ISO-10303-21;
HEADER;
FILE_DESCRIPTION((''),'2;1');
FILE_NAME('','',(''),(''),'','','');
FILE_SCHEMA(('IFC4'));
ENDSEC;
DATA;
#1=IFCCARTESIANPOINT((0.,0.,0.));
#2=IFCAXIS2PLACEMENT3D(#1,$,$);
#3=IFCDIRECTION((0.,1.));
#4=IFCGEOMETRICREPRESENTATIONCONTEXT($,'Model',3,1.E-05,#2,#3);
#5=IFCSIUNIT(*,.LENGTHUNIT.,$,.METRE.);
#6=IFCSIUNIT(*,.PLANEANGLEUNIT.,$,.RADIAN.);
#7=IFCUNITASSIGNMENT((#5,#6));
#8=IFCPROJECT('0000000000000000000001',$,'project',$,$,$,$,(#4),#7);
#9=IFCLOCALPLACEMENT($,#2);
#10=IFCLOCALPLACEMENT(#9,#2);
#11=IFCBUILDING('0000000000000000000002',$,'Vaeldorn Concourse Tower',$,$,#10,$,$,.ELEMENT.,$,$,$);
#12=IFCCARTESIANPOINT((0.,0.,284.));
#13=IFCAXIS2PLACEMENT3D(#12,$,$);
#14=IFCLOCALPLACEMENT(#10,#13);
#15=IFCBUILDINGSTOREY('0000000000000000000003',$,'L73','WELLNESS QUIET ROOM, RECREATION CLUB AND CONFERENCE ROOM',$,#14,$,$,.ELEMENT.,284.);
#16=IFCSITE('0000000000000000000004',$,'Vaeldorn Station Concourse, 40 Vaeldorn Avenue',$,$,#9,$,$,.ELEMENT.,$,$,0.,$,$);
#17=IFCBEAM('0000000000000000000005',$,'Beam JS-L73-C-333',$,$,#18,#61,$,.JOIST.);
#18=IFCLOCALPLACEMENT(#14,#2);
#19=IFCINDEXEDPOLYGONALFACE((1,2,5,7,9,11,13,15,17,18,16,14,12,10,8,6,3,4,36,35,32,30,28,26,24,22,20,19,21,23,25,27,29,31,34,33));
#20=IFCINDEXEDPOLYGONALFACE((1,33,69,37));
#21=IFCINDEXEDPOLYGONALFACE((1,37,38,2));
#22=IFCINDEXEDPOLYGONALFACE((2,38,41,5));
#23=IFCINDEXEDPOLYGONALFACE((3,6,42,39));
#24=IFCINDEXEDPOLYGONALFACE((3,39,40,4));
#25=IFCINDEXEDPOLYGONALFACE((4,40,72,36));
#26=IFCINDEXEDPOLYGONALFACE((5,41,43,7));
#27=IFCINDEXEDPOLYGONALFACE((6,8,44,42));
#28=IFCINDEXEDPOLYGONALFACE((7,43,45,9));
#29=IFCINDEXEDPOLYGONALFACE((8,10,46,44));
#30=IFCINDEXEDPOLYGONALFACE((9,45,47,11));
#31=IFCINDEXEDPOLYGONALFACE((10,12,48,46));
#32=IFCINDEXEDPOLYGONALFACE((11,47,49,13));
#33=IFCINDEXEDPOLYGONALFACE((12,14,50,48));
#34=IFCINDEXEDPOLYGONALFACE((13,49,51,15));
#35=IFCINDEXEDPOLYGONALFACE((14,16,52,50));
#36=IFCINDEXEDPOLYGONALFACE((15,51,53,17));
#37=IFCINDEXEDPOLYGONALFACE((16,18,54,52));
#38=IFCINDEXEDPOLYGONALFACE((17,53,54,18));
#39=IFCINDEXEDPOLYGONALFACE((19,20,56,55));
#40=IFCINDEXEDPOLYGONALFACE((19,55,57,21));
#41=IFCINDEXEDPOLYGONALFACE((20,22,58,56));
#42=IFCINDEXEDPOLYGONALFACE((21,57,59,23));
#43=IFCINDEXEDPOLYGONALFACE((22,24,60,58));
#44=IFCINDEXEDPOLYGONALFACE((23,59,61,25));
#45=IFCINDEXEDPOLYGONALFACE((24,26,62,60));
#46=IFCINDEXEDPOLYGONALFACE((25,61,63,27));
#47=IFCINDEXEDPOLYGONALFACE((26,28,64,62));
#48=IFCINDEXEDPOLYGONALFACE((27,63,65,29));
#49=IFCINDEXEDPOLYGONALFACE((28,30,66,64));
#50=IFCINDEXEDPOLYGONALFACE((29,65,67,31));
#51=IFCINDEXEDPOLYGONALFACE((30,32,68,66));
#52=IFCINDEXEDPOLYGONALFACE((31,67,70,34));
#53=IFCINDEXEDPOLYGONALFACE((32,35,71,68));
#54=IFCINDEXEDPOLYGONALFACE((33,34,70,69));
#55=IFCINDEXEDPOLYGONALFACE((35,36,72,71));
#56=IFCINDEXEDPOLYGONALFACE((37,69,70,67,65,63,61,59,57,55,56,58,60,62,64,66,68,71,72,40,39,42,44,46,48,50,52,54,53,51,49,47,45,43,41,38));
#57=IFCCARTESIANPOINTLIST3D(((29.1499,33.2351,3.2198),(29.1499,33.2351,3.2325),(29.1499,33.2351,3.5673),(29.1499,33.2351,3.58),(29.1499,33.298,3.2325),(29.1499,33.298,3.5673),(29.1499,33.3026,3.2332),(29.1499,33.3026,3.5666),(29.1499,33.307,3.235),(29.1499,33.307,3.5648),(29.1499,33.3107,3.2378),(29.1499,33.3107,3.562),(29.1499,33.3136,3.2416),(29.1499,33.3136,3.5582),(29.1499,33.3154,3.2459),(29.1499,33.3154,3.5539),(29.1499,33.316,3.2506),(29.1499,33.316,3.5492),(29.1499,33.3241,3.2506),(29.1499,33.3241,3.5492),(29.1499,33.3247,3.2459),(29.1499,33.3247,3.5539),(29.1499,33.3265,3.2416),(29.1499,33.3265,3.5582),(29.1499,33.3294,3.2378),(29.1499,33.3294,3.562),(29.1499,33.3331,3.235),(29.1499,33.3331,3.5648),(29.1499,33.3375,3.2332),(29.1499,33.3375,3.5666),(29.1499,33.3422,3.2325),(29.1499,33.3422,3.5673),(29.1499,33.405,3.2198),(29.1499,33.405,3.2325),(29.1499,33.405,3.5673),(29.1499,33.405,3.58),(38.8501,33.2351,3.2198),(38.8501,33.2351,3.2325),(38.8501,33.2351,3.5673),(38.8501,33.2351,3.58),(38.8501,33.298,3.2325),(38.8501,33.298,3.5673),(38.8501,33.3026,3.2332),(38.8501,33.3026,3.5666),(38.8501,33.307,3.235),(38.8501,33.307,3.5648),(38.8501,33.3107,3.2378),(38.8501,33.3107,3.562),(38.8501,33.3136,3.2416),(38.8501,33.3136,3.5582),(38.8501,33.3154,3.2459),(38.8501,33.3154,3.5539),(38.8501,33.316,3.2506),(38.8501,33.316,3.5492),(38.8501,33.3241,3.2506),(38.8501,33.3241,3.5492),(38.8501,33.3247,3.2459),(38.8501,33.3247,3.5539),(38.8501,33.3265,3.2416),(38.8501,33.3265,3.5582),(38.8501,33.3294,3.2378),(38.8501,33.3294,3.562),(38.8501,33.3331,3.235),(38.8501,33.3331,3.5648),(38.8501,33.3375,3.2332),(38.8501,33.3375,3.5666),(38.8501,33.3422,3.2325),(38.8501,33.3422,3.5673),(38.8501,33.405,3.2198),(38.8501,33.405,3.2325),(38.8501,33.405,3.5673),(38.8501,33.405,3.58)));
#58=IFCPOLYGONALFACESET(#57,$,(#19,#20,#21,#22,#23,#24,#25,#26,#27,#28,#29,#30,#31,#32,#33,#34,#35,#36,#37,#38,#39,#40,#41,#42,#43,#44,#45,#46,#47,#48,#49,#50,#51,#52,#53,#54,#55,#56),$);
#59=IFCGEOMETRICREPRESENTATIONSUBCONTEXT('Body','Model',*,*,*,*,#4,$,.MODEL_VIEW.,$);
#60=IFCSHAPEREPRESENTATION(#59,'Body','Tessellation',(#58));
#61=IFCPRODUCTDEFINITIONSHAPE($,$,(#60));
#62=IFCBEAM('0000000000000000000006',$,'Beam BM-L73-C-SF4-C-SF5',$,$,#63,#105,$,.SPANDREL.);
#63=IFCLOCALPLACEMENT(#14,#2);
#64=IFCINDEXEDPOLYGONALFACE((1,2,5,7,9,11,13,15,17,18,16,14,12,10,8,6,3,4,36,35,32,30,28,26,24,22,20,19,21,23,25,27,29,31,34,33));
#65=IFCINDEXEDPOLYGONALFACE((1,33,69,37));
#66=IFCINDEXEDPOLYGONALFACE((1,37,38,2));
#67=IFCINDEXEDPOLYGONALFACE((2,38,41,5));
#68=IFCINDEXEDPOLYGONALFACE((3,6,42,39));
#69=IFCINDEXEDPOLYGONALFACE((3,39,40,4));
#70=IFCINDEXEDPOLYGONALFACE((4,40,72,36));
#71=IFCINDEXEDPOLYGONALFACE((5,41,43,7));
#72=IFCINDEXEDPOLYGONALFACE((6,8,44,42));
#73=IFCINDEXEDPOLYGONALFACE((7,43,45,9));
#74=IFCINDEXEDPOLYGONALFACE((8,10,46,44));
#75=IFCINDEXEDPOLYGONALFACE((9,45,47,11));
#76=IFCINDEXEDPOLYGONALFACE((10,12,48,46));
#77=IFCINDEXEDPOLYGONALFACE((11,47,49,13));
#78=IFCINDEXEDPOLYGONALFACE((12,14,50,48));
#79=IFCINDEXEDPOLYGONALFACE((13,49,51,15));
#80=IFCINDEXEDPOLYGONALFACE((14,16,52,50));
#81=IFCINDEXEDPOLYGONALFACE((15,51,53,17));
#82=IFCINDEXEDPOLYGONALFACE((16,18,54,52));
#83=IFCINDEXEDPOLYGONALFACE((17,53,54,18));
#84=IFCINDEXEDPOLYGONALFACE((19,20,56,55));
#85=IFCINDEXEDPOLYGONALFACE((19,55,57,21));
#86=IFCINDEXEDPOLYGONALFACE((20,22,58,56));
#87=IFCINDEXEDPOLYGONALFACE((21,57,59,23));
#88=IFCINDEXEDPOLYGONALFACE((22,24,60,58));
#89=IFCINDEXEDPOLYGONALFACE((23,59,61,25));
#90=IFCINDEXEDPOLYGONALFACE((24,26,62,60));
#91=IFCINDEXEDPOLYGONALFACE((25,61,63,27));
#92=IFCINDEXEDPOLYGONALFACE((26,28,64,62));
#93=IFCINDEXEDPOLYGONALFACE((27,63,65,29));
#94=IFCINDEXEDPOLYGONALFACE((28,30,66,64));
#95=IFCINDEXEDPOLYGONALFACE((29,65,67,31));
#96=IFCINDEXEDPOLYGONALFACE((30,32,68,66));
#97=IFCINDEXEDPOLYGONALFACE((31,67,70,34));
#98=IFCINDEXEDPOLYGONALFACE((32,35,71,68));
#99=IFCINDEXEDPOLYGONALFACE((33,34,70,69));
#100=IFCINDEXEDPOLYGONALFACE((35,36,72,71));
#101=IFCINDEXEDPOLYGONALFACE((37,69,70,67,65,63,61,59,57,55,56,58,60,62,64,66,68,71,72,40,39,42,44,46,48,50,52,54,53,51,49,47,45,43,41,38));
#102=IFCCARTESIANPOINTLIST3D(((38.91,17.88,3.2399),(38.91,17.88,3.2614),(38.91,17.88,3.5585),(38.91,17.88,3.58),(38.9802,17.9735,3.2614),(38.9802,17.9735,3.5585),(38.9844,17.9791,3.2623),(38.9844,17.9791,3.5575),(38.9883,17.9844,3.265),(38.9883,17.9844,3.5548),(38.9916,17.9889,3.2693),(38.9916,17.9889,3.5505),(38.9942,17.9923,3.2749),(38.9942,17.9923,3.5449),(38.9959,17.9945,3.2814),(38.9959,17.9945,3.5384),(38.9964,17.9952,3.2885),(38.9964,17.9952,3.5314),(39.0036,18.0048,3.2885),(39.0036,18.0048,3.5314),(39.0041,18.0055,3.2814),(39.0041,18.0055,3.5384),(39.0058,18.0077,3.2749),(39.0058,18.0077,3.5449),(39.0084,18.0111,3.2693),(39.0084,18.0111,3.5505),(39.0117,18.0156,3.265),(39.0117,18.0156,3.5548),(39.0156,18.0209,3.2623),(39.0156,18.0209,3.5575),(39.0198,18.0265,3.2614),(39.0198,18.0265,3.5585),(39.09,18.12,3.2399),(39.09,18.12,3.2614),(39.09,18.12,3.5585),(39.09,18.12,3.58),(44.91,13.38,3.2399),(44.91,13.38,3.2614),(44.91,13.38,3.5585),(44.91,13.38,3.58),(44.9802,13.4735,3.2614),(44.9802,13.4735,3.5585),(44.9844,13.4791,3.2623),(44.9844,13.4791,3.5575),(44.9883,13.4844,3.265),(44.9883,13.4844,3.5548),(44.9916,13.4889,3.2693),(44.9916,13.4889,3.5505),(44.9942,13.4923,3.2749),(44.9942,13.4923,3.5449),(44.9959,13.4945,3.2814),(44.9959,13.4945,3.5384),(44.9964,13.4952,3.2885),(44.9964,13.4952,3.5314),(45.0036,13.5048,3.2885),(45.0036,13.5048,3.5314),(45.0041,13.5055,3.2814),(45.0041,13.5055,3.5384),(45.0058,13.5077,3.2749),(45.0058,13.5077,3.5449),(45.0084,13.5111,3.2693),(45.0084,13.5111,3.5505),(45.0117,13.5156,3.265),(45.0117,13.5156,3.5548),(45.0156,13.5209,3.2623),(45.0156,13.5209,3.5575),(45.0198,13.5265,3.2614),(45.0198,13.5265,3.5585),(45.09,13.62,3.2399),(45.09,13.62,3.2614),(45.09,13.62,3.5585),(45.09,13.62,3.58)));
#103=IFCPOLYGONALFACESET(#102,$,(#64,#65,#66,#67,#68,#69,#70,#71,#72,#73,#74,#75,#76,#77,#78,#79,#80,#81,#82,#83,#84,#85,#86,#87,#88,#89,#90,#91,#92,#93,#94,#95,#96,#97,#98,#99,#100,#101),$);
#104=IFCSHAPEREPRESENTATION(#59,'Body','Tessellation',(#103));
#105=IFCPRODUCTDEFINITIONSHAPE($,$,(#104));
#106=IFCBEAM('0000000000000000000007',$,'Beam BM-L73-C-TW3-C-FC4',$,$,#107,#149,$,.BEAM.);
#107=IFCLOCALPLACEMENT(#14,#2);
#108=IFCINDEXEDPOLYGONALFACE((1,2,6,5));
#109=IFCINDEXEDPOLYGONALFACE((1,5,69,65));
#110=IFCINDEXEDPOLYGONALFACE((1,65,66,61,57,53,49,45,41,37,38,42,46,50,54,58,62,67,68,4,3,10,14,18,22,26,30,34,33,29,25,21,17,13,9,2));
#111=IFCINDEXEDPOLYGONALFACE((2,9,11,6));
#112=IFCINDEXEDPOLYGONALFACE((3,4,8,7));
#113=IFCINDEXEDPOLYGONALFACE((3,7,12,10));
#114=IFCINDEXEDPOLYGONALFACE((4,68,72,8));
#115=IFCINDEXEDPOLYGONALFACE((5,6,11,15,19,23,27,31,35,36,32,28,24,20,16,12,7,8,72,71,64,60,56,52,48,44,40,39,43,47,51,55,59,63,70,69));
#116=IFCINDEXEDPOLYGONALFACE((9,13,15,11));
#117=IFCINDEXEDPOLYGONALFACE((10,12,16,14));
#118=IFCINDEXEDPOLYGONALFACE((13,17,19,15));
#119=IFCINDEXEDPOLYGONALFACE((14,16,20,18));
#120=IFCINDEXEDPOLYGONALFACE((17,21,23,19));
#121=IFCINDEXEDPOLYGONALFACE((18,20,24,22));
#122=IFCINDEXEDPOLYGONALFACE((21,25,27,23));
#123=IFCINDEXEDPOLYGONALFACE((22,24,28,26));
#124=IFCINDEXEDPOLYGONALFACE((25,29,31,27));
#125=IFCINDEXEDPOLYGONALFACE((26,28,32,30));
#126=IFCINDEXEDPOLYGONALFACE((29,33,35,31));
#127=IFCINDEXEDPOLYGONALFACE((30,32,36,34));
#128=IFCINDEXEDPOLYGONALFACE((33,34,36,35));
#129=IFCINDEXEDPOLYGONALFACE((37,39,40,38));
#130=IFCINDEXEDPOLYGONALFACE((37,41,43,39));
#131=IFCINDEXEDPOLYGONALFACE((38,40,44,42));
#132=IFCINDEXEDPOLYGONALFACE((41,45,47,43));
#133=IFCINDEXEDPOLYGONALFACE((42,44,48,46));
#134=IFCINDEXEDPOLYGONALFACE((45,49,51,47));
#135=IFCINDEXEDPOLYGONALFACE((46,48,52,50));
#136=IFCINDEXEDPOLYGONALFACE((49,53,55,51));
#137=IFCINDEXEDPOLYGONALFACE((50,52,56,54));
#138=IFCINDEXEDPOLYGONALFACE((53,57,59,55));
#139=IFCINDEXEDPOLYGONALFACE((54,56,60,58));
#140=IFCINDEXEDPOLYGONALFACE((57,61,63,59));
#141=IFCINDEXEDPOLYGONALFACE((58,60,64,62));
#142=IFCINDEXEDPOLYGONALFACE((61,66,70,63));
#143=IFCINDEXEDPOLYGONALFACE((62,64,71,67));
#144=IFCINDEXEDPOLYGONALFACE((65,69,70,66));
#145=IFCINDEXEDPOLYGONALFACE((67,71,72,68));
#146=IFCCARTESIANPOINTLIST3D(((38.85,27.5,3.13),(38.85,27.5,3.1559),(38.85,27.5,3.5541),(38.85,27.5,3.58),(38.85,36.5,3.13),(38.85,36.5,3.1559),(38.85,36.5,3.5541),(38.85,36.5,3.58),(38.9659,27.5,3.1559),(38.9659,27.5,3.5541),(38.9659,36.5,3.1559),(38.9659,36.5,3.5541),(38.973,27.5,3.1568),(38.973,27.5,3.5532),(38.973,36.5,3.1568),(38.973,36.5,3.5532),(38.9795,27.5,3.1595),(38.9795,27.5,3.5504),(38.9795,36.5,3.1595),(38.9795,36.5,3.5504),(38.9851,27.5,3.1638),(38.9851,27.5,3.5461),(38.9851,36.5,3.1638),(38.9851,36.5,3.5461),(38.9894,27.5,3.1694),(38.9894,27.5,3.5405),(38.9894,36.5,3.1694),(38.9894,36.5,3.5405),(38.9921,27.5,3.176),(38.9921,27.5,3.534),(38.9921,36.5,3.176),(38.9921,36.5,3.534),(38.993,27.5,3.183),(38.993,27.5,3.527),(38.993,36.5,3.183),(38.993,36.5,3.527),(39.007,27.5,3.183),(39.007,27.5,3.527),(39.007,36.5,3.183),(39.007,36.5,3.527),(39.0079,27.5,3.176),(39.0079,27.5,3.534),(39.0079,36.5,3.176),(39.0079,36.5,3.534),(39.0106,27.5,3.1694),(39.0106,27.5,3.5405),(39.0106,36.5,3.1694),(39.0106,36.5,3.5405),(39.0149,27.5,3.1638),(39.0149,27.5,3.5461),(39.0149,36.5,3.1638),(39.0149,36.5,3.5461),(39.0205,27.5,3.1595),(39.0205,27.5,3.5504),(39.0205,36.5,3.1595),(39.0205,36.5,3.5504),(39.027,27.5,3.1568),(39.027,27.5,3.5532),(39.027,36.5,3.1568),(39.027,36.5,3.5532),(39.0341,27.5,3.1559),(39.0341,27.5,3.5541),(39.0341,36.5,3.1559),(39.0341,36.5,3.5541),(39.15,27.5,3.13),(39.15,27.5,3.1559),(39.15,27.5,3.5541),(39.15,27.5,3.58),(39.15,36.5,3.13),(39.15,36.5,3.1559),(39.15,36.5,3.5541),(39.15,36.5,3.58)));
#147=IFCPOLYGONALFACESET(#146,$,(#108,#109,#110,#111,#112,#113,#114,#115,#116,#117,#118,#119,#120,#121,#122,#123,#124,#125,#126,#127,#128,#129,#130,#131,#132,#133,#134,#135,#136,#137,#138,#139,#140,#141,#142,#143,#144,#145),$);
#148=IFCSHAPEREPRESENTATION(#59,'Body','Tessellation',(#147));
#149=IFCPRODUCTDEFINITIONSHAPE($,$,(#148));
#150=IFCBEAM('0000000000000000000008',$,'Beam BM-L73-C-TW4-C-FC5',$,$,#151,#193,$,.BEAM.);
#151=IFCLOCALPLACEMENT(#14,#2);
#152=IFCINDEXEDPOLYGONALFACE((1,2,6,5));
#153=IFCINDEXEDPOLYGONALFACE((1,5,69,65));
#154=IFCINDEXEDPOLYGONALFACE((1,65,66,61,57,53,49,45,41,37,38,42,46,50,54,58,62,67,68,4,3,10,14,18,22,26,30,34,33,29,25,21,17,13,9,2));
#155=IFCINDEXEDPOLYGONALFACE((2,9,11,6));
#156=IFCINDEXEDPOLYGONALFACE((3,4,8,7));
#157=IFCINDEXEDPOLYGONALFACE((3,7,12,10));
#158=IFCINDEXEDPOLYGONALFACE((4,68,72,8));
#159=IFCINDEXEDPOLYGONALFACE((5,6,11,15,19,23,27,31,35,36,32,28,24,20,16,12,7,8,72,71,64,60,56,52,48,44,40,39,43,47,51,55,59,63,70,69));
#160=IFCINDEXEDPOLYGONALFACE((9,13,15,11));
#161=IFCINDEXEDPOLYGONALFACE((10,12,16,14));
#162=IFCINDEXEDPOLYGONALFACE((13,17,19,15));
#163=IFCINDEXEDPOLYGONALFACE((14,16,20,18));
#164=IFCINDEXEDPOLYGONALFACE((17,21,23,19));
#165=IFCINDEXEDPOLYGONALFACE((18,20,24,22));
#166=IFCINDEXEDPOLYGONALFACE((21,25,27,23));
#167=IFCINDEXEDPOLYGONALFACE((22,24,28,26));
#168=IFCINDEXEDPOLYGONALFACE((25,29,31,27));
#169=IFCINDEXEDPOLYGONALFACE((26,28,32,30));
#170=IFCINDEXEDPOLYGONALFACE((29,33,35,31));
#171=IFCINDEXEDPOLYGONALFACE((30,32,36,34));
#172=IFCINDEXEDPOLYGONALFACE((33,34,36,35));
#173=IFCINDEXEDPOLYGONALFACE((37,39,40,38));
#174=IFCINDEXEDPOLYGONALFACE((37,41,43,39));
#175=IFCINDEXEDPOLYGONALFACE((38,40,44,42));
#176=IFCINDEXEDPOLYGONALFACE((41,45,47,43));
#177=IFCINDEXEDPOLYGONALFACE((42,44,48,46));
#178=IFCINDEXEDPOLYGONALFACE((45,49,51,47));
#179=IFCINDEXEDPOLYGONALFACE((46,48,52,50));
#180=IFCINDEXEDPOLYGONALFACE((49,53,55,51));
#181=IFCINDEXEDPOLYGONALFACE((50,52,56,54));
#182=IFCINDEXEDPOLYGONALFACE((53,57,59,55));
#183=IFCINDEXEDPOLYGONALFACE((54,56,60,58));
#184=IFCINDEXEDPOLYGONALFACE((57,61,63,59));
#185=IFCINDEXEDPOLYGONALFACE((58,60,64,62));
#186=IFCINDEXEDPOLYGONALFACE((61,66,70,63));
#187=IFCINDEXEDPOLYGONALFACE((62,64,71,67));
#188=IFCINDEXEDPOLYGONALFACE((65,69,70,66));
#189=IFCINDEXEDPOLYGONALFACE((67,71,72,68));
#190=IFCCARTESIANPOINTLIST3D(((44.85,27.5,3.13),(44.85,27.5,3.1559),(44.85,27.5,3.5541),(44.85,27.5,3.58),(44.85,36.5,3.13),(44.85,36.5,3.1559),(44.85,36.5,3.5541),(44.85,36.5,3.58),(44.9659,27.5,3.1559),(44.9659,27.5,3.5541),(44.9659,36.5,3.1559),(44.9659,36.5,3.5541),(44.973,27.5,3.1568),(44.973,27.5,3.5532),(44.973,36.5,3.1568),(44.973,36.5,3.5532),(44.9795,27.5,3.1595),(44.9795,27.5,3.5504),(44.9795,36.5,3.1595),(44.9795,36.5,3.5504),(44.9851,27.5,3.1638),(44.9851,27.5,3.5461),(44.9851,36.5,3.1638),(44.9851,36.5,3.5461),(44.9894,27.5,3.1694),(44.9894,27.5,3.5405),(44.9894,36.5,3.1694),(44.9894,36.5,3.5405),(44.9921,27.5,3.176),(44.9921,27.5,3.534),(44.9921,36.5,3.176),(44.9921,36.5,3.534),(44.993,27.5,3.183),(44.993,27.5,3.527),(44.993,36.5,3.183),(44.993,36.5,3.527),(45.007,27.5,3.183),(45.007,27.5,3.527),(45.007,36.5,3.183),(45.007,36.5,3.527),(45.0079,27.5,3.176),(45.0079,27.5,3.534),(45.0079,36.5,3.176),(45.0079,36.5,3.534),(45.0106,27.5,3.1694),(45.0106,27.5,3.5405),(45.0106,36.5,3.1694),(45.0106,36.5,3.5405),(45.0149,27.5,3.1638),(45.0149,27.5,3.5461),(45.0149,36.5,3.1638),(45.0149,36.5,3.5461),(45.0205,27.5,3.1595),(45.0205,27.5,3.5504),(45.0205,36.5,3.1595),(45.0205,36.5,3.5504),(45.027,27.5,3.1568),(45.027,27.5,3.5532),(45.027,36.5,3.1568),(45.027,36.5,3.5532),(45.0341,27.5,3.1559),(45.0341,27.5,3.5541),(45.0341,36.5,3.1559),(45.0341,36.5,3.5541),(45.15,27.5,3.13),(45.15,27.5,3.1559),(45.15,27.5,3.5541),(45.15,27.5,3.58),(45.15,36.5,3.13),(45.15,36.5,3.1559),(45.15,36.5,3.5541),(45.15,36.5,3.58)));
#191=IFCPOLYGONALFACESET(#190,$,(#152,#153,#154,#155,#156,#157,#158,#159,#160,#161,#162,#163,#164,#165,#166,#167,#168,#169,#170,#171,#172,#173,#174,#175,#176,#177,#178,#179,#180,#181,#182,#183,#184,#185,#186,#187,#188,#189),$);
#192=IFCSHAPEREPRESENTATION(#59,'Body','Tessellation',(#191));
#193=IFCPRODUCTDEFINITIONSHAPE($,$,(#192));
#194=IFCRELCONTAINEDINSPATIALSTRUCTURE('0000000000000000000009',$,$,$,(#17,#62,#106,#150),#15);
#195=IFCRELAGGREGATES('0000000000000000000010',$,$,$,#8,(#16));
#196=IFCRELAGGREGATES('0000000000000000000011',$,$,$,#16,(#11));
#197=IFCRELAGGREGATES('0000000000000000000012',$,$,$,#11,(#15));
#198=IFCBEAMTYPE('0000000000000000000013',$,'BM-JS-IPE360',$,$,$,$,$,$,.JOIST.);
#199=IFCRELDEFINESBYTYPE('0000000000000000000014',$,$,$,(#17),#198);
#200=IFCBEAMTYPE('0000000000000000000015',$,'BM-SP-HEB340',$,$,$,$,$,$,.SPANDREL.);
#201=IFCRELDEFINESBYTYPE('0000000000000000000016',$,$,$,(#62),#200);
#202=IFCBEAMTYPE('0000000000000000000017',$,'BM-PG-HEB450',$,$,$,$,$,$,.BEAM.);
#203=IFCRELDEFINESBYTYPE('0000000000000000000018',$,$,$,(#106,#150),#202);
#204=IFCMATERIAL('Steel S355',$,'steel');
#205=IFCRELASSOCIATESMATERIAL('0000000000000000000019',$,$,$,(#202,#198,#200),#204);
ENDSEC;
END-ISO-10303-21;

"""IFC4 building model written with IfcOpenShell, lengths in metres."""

from ifc_helpers import new_model, si_unit, direction, frame, origin, origin_2d, place, context, subcontext, project, spatial, i_section, extrude, source, transform, mapped, material, material_profile, profile_set, type_object, element, save


model = new_model("IFC4")

# Units and contexts
model_context = context("Model", 3, precision=1e-05, world=origin(), true_north=direction((0.0, 1.0)))
body_context = subcontext(model_context, "Body", "Model", "MODEL_VIEW")
ifc_project = project(units=[si_unit("LENGTHUNIT", "METRE"), si_unit("PLANEANGLEUNIT", "RADIAN")], contexts=[model_context])

# Site, building, storey
site_placement = place(None, origin())
site = spatial("IfcSite", under=ifc_project, at=site_placement, Name="Vaeldorn Station Concourse, 40 Vaeldorn Avenue", CompositionType="ELEMENT", RefElevation=0.0)
building_placement = place(site_placement, origin())
building = spatial("IfcBuilding", under=site, at=building_placement, Name="Vaeldorn Concourse Tower", CompositionType="ELEMENT")
storey_placement = place(building_placement, frame((0.0, 0.0, 284.0)))
storey = spatial("IfcBuildingStorey", under=building, at=storey_placement, Name="L73", Description="WELLNESS QUIET ROOM, RECREATION CLUB AND CONFERENCE ROOM", CompositionType="ELEMENT", Elevation=284.0)

# Shared definitions
ifc_material_1 = material(Name="Steel S355", Category="steel")

# Beams
ifc_material_profile_1 = material_profile(ifc_material_1, i_section(OverallWidth=0.3, OverallDepth=0.45, WebThickness=0.0139, FlangeThickness=0.0259, FilletRadius=0.0271, at=origin_2d()), Name="HEB 450")
ifc_profile_set_1 = profile_set([ifc_material_profile_1], Name="Steel S355")
beam_type_1 = type_object("IfcBeamType", Name="BM-PG-HEB450", PredefinedType="BEAM", material=ifc_profile_set_1)
ifc_material_profile_2 = material_profile(ifc_material_1, i_section(OverallWidth=0.1699, OverallDepth=0.3601, WebThickness=0.0081, FlangeThickness=0.0127, FilletRadius=0.0181, at=origin_2d()), Name="IPE 360")
ifc_profile_set_2 = profile_set([ifc_material_profile_2], Name="Steel S355")
beam_type_2 = type_object("IfcBeamType", Name="BM-JS-IPE360", PredefinedType="JOIST", material=ifc_profile_set_2)
shared_shape_1 = source(origin(), body_context, "Body", "SweptSolid", [
    extrude(i_section(OverallWidth=0.1699, OverallDepth=0.3601, WebThickness=0.0081, FlangeThickness=0.0127, FilletRadius=0.0181, at=origin_2d()), origin(), (0.0, 0.0, 1.0), 9.7002),
])
for number, where, z_axis, x_axis, name in (
    (1, (29.1499, 33.3201, 3.3999), (1.0, 0.0, 0.0), (0.0, 1.0, 0.0), "Beam JS-L73-C-333"),
):
    element("IfcBeam", number, at=place(storey_placement, frame(where, z_axis=z_axis, x_axis=x_axis)), inside=storey, type_object=beam_type_2, Name=name, PredefinedType="JOIST", context=body_context, shape_type="MappedRepresentation", body=[
        mapped(shared_shape_1, transform((0.0, 0.0, 0.0), scale=1.0)),
    ])
ifc_material_profile_3 = material_profile(ifc_material_1, i_section(OverallWidth=0.3, OverallDepth=0.3401, WebThickness=0.012, FlangeThickness=0.0215, FilletRadius=0.0271, at=origin_2d()), Name="HEB 340")
ifc_profile_set_3 = profile_set([ifc_material_profile_3], Name="Steel S355")
beam_type_3 = type_object("IfcBeamType", Name="BM-SP-HEB340", PredefinedType="SPANDREL", material=ifc_profile_set_3)
shared_shape_2 = source(origin(), body_context, "Body", "SweptSolid", [
    extrude(i_section(OverallWidth=0.3, OverallDepth=0.3401, WebThickness=0.012, FlangeThickness=0.0215, FilletRadius=0.0271, at=origin_2d()), origin(), (0.0, 0.0, 1.0), 7.5),
])
beam_1_placement = place(storey_placement, frame((39.0, 18.0, 3.4099), z_axis=(0.8, -0.6, 0.0), x_axis=(0.6, 0.8, 0.0)))
element("IfcBeam", 2, at=beam_1_placement, inside=storey, type_object=beam_type_3, Name="Beam BM-L73-C-SF4-C-SF5", PredefinedType="SPANDREL", context=body_context, shape_type="MappedRepresentation", body=[
    mapped(shared_shape_2, transform((0.0, 0.0, 0.0), scale=1.0)),
])
shared_shape_3 = source(origin(), body_context, "Body", "SweptSolid", [
    extrude(i_section(OverallWidth=0.3, OverallDepth=0.45, WebThickness=0.0139, FlangeThickness=0.0259, FilletRadius=0.0271, at=origin_2d()), origin(), (0.0, 0.0, 1.0), 9.0),
])
for number, where, z_axis, x_axis, name in (
    (3, (39.0, 27.5, 3.355), (0.0, 1.0, 0.0), (-1.0, 0.0, 0.0), "Beam BM-L73-C-TW3-C-FC4"),
    (4, (45.0, 27.5, 3.355), (0.0, 1.0, 0.0), (-1.0, 0.0, 0.0), "Beam BM-L73-C-TW4-C-FC5"),
):
    element("IfcBeam", number, at=place(storey_placement, frame(where, z_axis=z_axis, x_axis=x_axis)), inside=storey, type_object=beam_type_1, Name=name, PredefinedType="BEAM", context=body_context, shape_type="MappedRepresentation", body=[
        mapped(shared_shape_3, transform((0.0, 0.0, 0.0), scale=1.0)),
    ])

save(model, "model.ifc")
